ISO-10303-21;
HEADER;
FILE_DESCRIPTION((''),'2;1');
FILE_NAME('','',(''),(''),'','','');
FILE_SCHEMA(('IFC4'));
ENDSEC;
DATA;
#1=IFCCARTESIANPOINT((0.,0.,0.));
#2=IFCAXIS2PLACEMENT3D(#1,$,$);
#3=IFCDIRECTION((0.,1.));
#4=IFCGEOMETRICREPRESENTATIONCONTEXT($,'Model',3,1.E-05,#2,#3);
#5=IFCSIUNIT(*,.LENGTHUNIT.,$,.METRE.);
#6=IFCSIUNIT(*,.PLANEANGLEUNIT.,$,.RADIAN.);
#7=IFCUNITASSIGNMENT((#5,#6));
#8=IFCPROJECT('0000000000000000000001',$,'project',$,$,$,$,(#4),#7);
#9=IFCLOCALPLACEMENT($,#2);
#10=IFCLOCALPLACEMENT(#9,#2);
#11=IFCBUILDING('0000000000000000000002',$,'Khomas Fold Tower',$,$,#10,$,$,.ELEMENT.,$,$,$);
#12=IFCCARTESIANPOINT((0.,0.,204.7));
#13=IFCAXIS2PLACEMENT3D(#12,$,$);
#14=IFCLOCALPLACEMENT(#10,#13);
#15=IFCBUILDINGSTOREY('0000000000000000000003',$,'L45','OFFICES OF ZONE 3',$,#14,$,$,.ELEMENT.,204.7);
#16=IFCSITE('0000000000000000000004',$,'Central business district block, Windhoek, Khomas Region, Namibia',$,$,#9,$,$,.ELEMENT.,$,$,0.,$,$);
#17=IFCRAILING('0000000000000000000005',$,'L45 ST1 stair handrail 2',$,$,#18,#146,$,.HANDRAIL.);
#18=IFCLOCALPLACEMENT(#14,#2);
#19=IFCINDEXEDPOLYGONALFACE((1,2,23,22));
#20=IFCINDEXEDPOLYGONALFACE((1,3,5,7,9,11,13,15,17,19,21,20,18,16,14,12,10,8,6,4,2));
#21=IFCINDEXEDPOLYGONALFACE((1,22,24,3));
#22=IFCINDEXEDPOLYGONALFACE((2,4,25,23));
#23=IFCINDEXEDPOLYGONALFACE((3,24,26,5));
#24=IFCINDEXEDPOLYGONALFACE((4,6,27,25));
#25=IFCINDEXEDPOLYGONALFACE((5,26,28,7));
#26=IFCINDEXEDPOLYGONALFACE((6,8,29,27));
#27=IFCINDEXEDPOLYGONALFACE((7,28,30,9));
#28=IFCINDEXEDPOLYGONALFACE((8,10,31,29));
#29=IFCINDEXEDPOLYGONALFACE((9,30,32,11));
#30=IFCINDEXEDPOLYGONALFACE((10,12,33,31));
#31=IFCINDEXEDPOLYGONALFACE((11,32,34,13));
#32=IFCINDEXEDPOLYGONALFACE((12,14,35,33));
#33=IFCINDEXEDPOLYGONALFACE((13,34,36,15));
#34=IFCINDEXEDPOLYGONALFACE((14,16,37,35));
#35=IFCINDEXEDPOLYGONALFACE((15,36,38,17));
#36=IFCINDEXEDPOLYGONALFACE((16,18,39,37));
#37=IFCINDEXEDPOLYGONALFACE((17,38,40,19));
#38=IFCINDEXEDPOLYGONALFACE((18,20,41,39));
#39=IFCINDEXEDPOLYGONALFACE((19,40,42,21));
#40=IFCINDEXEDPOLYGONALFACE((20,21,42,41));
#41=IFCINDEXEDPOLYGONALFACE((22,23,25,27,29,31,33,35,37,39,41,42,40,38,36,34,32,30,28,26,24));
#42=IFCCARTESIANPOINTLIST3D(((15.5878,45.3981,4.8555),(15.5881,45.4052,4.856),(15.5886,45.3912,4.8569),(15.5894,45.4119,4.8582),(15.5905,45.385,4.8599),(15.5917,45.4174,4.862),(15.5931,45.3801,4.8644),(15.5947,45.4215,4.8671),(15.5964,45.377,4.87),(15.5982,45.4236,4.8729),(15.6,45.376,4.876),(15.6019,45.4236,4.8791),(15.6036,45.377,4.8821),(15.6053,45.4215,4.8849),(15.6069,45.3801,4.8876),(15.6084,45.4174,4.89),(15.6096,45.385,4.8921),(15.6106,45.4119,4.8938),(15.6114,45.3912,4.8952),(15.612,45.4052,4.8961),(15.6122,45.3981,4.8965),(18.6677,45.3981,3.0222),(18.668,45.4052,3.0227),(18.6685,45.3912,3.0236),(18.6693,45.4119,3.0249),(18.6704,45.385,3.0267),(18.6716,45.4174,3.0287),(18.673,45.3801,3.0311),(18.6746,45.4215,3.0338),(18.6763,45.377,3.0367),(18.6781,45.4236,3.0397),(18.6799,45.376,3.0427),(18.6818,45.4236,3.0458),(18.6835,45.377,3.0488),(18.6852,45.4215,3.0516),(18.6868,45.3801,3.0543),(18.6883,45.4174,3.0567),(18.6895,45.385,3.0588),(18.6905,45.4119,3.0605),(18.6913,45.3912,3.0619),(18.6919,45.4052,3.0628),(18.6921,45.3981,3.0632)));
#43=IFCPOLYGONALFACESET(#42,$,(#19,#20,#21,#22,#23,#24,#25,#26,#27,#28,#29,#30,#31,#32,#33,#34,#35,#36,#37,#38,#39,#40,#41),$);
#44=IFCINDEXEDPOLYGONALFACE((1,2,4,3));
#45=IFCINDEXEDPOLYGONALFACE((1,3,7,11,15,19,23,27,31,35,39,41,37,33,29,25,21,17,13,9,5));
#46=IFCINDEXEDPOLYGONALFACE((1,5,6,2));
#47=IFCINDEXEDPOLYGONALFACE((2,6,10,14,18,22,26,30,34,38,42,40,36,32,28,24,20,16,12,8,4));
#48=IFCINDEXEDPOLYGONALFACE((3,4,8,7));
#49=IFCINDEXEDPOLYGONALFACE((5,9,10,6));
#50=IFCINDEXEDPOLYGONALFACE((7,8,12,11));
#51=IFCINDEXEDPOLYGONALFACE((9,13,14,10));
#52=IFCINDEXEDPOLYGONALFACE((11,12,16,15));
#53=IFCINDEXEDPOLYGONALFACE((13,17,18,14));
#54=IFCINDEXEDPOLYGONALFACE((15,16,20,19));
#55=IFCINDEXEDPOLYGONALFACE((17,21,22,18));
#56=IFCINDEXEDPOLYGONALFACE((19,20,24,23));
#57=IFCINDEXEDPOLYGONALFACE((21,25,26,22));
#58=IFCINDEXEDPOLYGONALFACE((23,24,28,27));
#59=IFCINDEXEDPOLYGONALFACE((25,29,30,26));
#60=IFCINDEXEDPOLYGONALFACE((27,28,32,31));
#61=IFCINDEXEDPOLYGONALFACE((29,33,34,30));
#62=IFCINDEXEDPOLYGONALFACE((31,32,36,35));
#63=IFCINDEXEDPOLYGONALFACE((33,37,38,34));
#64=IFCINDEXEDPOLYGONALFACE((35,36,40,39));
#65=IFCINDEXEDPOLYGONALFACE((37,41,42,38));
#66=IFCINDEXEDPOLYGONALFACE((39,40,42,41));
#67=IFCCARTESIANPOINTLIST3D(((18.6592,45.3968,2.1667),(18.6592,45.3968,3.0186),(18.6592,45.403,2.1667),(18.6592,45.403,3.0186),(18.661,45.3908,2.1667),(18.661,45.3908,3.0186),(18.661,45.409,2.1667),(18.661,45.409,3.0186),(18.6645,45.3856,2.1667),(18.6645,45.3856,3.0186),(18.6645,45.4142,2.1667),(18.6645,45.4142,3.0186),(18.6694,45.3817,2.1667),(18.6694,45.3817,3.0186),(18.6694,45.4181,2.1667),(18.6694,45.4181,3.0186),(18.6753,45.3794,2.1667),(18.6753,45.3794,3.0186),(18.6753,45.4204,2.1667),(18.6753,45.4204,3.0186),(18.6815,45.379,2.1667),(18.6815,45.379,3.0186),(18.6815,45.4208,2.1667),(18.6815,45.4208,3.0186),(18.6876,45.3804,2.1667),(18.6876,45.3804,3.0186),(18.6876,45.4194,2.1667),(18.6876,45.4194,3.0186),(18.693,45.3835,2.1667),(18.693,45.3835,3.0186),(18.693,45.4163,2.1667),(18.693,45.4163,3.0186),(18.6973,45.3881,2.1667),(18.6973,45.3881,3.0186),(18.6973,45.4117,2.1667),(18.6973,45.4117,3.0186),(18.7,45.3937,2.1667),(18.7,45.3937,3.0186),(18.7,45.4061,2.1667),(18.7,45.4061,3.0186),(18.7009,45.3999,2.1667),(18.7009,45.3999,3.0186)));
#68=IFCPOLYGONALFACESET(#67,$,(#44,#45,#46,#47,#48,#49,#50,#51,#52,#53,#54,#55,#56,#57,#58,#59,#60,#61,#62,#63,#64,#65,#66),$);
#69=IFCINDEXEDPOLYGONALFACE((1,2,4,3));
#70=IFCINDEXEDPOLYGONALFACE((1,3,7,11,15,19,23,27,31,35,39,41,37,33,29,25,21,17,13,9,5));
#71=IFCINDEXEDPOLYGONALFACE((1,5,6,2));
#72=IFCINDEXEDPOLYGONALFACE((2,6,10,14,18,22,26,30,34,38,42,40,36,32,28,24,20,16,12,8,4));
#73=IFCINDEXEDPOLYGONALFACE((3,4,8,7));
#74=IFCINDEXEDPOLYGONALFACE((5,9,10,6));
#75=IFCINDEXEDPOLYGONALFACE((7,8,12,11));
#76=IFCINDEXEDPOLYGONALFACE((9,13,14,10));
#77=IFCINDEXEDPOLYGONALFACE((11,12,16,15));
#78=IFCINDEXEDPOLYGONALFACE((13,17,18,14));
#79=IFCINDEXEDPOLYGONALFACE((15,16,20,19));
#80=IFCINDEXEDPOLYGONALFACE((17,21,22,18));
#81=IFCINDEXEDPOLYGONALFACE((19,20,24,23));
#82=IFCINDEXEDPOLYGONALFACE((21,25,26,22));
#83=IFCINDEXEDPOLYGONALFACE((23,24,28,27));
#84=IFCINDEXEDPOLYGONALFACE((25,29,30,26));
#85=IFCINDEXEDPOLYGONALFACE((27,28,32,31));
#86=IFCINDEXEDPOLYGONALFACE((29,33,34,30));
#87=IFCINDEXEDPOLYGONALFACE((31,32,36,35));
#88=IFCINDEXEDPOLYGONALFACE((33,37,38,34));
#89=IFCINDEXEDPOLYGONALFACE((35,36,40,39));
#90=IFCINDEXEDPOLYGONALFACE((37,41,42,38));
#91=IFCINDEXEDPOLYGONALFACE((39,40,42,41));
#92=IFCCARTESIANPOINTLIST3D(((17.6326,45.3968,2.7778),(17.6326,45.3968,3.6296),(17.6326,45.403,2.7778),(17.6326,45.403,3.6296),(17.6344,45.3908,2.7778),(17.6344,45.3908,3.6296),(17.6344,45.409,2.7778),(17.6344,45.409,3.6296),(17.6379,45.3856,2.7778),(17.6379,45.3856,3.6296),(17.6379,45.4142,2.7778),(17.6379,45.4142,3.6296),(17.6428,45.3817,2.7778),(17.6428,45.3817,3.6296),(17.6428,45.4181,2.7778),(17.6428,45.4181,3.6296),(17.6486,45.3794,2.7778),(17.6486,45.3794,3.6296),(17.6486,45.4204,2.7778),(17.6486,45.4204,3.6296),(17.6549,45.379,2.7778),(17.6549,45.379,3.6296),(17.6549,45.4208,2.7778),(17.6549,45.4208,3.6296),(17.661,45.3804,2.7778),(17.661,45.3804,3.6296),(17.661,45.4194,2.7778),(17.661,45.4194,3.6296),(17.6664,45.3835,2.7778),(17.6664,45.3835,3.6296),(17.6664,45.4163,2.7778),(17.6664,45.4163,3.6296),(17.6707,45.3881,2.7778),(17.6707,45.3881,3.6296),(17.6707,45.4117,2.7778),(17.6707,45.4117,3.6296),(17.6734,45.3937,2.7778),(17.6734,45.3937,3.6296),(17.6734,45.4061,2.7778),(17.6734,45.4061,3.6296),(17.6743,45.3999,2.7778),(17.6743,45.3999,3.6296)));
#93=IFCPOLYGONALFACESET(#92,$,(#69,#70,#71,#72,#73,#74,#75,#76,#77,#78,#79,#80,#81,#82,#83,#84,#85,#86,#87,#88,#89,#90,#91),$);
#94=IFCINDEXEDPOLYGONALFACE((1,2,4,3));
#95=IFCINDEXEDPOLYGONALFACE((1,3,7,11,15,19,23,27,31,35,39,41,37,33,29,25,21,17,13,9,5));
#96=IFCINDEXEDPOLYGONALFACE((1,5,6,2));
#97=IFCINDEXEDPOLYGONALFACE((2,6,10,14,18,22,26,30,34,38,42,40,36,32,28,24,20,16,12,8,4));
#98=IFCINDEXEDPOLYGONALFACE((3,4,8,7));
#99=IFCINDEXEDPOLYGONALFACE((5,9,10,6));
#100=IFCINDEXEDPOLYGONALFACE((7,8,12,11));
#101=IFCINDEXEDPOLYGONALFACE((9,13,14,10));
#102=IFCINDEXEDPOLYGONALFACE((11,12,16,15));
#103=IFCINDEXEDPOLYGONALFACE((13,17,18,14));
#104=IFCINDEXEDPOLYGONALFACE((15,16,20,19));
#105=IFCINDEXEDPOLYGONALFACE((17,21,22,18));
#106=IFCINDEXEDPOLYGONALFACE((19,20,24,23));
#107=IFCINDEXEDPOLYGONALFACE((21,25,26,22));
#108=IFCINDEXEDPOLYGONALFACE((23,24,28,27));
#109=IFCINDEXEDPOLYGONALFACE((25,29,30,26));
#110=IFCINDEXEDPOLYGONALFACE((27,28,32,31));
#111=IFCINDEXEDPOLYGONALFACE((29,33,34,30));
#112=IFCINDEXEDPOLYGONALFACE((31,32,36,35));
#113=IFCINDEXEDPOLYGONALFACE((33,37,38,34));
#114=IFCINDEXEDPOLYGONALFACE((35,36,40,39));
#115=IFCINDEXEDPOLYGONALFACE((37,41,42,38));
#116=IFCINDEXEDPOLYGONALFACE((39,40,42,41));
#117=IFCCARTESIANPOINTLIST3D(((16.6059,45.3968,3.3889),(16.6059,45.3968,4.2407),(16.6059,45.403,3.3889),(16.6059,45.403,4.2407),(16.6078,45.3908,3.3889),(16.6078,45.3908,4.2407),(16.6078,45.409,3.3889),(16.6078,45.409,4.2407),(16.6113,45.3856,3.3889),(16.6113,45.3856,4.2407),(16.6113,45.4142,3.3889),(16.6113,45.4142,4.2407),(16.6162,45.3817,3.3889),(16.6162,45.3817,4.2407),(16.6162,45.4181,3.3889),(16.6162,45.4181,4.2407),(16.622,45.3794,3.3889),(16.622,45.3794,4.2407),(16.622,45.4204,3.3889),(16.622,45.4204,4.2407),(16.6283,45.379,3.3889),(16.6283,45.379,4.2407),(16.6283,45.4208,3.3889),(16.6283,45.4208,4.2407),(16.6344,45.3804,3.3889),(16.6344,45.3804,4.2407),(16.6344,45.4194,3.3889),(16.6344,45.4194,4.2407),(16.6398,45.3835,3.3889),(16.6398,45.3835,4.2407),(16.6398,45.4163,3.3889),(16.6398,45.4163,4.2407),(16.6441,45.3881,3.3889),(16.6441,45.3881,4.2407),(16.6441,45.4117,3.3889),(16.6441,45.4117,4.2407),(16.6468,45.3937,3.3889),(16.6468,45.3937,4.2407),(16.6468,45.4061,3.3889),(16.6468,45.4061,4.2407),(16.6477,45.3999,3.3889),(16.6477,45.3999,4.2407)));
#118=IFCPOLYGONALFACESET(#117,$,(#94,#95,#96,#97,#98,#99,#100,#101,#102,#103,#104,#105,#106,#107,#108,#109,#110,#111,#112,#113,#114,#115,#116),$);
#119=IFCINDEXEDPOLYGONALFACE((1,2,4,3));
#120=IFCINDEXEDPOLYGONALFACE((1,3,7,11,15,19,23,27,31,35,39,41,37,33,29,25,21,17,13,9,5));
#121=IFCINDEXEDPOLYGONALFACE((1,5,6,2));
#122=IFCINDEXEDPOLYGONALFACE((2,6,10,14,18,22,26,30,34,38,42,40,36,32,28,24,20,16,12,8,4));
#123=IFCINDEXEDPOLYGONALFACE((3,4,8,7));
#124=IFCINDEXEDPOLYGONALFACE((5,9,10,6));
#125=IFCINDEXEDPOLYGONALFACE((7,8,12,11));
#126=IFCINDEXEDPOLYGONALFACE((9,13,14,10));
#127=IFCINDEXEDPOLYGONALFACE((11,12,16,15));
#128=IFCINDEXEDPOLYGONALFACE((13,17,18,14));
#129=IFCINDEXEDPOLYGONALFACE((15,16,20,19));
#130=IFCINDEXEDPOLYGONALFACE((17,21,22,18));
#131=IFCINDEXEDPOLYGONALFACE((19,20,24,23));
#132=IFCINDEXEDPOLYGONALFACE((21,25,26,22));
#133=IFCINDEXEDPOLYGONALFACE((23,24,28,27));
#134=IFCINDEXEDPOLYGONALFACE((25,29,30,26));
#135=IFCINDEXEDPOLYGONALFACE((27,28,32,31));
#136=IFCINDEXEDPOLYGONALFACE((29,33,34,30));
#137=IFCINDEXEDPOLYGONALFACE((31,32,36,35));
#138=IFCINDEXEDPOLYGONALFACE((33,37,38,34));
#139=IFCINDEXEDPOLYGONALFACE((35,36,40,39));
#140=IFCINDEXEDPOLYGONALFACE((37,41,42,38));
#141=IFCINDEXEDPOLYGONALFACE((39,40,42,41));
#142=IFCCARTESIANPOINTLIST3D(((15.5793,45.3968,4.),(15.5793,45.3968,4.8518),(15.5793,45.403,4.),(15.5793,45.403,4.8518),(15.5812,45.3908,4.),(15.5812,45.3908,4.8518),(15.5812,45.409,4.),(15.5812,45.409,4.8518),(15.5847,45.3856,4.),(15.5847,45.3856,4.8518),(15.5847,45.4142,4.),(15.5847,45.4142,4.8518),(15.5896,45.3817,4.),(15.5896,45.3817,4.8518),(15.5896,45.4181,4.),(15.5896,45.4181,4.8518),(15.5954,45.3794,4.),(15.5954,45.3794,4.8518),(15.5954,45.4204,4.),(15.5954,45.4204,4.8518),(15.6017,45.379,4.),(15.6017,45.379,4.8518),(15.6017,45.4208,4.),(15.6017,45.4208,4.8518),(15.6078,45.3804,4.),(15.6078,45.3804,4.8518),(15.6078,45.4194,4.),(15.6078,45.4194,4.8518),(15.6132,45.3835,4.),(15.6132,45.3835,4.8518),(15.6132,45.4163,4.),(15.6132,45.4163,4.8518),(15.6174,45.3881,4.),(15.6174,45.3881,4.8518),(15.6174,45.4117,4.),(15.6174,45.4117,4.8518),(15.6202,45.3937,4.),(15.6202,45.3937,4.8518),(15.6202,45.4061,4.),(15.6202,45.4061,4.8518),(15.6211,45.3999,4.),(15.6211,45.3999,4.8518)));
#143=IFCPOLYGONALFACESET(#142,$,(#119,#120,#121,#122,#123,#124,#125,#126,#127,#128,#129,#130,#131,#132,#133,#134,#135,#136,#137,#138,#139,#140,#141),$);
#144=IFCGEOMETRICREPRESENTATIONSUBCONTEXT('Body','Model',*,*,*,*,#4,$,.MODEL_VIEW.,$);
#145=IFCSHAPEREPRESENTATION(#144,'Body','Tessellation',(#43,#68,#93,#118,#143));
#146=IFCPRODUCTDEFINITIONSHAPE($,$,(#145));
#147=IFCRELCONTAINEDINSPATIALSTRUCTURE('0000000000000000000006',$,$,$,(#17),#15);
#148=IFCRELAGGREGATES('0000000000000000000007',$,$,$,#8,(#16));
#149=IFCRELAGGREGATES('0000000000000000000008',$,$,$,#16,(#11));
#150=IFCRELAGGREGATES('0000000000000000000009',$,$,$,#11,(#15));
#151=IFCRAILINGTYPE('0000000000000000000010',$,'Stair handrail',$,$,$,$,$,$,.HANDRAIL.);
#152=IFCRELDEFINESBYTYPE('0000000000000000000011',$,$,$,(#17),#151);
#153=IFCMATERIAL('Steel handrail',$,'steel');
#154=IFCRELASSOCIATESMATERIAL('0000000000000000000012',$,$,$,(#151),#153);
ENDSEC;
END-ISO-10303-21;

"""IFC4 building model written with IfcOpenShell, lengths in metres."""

from ifc_helpers import new_model, si_unit, direction, frame, origin, origin_2d, place, context, subcontext, project, spatial, circle, extrude, source, transform, mapped, material, type_object, element, save


model = new_model("IFC4")

# Units and contexts
model_context = context("Model", 3, precision=1e-05, world=origin(), true_north=direction((0.0, 1.0)))
body_context = subcontext(model_context, "Body", "Model", "MODEL_VIEW")
ifc_project = project(units=[si_unit("LENGTHUNIT", "METRE"), si_unit("PLANEANGLEUNIT", "RADIAN")], contexts=[model_context])

# Site, building, storey
site_placement = place(None, origin())
site = spatial("IfcSite", under=ifc_project, at=site_placement, Name="Central business district block, Windhoek, Khomas Region, Namibia", CompositionType="ELEMENT", RefElevation=0.0)
building_placement = place(site_placement, origin())
building = spatial("IfcBuilding", under=site, at=building_placement, Name="Khomas Fold Tower", CompositionType="ELEMENT")
storey_placement = place(building_placement, frame((0.0, 0.0, 204.7)))
storey = spatial("IfcBuildingStorey", under=building, at=storey_placement, Name="L45", Description="OFFICES OF ZONE 3", CompositionType="ELEMENT", Elevation=204.7)

# Railing
ifc_material_1 = material(Name="Steel handrail", Category="steel")
railing_type_1 = type_object("IfcRailingType", Name="Stair handrail", PredefinedType="HANDRAIL", material=ifc_material_1)
shared_shape_1 = source(origin(), body_context, "Body", "SweptSolid", [
    extrude(circle(Radius=0.0239, at=origin_2d()), frame((0.0, 0.0, 0.876), z_axis=(-0.859291, 0.0, 0.511487), x_axis=(0.0, -1.0, 0.0)), (0.0, 0.0, 1.0), 3.5842),
    extrude(circle(Radius=0.021, at=origin_2d()), origin(), (0.0, 0.0, 1.0), 0.8518),
    extrude(circle(Radius=0.021, at=origin_2d()), frame((-1.0266, 0.0, 0.6111)), (0.0, 0.0, 1.0), 0.8518),
    extrude(circle(Radius=0.021, at=origin_2d()), frame((-2.0532, 0.0, 1.2222)), (0.0, 0.0, 1.0), 0.8518),
    extrude(circle(Radius=0.021, at=origin_2d()), frame((-3.0798, 0.0, 1.8333)), (0.0, 0.0, 1.0), 0.8518),
])
railing_1_placement = place(storey_placement, frame((18.6799, 45.3999, 2.1667)))
element("IfcRailing", 1, at=railing_1_placement, inside=storey, type_object=railing_type_1, Name="L45 ST1 stair handrail 2", PredefinedType="HANDRAIL", context=body_context, shape_type="MappedRepresentation", body=[
    mapped(shared_shape_1, transform((0.0, 0.0, 0.0))),
])

save(model, "model.ifc")
